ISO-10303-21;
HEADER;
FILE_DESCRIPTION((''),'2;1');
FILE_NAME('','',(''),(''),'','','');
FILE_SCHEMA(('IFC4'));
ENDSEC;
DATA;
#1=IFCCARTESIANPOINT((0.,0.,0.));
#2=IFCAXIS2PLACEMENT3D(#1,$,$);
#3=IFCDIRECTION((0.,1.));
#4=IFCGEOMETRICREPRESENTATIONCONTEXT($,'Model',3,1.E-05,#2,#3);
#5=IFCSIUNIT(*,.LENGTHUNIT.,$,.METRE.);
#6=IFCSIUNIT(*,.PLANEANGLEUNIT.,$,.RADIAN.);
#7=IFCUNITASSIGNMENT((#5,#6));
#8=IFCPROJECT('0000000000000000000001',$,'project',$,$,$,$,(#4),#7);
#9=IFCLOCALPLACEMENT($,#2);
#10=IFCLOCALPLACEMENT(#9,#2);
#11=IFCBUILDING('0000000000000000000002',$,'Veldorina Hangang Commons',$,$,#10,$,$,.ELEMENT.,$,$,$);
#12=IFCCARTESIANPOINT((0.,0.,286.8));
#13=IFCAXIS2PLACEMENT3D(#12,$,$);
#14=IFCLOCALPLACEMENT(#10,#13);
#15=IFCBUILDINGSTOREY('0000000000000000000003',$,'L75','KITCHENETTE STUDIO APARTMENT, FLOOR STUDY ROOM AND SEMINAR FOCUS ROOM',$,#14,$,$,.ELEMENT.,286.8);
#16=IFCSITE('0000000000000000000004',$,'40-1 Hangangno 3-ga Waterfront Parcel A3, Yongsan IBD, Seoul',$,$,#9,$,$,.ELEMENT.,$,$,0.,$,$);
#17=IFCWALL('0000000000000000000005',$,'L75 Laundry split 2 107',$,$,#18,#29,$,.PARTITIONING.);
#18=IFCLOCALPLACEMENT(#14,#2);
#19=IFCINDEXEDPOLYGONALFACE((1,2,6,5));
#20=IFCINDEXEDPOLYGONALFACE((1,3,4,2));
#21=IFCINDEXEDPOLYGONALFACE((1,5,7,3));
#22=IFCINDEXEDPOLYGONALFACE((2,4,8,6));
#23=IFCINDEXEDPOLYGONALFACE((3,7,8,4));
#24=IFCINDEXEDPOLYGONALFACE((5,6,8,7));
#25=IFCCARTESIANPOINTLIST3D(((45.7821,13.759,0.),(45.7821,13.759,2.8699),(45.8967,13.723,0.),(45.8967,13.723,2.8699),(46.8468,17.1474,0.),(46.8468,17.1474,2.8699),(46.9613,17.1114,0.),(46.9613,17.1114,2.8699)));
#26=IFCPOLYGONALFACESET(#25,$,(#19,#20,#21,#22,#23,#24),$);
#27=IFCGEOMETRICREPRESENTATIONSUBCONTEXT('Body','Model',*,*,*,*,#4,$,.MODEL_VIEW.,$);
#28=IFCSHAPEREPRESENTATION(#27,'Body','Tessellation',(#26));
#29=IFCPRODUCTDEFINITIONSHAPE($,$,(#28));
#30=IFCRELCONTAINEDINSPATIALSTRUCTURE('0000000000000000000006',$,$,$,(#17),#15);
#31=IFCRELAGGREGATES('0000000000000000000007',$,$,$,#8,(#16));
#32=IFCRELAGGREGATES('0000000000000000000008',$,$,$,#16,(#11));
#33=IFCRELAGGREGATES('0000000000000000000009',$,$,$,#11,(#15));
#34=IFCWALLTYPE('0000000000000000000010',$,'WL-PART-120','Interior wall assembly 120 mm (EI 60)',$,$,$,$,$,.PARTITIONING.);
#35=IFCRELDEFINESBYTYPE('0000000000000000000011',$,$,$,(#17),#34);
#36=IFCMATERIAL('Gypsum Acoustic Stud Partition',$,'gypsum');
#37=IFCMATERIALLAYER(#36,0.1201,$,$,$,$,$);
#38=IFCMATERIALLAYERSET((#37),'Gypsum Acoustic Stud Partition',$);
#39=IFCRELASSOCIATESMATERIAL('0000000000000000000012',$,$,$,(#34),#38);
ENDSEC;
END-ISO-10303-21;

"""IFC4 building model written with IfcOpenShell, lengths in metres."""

from ifc_helpers import new_model, si_unit, direction, frame, frame_2d, origin, place, context, subcontext, project, spatial, rectangle, extrude, material, layer, layer_set, type_object, element, save


model = new_model("IFC4")

# Units and contexts
model_context = context("Model", 3, precision=1e-05, world=origin(), true_north=direction((0.0, 1.0)))
body_context = subcontext(model_context, "Body", "Model", "MODEL_VIEW")
ifc_project = project(units=[si_unit("LENGTHUNIT", "METRE"), si_unit("PLANEANGLEUNIT", "RADIAN")], contexts=[model_context])

# Site, building, storey
site_placement = place(None, origin())
site = spatial("IfcSite", under=ifc_project, at=site_placement, Name="40-1 Hangangno 3-ga Waterfront Parcel A3, Yongsan IBD, Seoul", CompositionType="ELEMENT", RefElevation=0.0)
building_placement = place(site_placement, origin())
building = spatial("IfcBuilding", under=site, at=building_placement, Name="Veldorina Hangang Commons", CompositionType="ELEMENT")
storey_placement = place(building_placement, frame((0.0, 0.0, 286.8)))
storey = spatial("IfcBuildingStorey", under=building, at=storey_placement, Name="L75", Description="KITCHENETTE STUDIO APARTMENT, FLOOR STUDY ROOM AND SEMINAR FOCUS ROOM", CompositionType="ELEMENT", Elevation=286.8)

# Wall
ifc_material_1 = material(Name="Gypsum Acoustic Stud Partition", Category="gypsum")
ifc_layer_1 = layer(ifc_material_1, 0.1201)
ifc_layer_set_1 = layer_set([ifc_layer_1], Name="Gypsum Acoustic Stud Partition")
wall_type_1 = type_object("IfcWallType", Name="WL-PART-120", Description="Interior wall assembly 120 mm (EI 60)", PredefinedType="PARTITIONING", material=ifc_layer_set_1)
wall_1_placement = place(storey_placement, frame((45.8394, 13.741, 0.0), z_axis=(0.0, 0.0, 1.0), x_axis=(0.299766, 0.954013, 0.0)))
element("IfcWall", 1, at=wall_1_placement, inside=storey, type_object=wall_type_1, Name="L75 Laundry split 2 107", PredefinedType="PARTITIONING", context=body_context, shape_type="SweptSolid", body=[
    extrude(rectangle(XDim=3.5518, YDim=0.1201, at=frame_2d((1.7759, 0.0))), origin(), (0.0, 0.0, 1.0), 2.8699),
])

save(model, "model.ifc")
